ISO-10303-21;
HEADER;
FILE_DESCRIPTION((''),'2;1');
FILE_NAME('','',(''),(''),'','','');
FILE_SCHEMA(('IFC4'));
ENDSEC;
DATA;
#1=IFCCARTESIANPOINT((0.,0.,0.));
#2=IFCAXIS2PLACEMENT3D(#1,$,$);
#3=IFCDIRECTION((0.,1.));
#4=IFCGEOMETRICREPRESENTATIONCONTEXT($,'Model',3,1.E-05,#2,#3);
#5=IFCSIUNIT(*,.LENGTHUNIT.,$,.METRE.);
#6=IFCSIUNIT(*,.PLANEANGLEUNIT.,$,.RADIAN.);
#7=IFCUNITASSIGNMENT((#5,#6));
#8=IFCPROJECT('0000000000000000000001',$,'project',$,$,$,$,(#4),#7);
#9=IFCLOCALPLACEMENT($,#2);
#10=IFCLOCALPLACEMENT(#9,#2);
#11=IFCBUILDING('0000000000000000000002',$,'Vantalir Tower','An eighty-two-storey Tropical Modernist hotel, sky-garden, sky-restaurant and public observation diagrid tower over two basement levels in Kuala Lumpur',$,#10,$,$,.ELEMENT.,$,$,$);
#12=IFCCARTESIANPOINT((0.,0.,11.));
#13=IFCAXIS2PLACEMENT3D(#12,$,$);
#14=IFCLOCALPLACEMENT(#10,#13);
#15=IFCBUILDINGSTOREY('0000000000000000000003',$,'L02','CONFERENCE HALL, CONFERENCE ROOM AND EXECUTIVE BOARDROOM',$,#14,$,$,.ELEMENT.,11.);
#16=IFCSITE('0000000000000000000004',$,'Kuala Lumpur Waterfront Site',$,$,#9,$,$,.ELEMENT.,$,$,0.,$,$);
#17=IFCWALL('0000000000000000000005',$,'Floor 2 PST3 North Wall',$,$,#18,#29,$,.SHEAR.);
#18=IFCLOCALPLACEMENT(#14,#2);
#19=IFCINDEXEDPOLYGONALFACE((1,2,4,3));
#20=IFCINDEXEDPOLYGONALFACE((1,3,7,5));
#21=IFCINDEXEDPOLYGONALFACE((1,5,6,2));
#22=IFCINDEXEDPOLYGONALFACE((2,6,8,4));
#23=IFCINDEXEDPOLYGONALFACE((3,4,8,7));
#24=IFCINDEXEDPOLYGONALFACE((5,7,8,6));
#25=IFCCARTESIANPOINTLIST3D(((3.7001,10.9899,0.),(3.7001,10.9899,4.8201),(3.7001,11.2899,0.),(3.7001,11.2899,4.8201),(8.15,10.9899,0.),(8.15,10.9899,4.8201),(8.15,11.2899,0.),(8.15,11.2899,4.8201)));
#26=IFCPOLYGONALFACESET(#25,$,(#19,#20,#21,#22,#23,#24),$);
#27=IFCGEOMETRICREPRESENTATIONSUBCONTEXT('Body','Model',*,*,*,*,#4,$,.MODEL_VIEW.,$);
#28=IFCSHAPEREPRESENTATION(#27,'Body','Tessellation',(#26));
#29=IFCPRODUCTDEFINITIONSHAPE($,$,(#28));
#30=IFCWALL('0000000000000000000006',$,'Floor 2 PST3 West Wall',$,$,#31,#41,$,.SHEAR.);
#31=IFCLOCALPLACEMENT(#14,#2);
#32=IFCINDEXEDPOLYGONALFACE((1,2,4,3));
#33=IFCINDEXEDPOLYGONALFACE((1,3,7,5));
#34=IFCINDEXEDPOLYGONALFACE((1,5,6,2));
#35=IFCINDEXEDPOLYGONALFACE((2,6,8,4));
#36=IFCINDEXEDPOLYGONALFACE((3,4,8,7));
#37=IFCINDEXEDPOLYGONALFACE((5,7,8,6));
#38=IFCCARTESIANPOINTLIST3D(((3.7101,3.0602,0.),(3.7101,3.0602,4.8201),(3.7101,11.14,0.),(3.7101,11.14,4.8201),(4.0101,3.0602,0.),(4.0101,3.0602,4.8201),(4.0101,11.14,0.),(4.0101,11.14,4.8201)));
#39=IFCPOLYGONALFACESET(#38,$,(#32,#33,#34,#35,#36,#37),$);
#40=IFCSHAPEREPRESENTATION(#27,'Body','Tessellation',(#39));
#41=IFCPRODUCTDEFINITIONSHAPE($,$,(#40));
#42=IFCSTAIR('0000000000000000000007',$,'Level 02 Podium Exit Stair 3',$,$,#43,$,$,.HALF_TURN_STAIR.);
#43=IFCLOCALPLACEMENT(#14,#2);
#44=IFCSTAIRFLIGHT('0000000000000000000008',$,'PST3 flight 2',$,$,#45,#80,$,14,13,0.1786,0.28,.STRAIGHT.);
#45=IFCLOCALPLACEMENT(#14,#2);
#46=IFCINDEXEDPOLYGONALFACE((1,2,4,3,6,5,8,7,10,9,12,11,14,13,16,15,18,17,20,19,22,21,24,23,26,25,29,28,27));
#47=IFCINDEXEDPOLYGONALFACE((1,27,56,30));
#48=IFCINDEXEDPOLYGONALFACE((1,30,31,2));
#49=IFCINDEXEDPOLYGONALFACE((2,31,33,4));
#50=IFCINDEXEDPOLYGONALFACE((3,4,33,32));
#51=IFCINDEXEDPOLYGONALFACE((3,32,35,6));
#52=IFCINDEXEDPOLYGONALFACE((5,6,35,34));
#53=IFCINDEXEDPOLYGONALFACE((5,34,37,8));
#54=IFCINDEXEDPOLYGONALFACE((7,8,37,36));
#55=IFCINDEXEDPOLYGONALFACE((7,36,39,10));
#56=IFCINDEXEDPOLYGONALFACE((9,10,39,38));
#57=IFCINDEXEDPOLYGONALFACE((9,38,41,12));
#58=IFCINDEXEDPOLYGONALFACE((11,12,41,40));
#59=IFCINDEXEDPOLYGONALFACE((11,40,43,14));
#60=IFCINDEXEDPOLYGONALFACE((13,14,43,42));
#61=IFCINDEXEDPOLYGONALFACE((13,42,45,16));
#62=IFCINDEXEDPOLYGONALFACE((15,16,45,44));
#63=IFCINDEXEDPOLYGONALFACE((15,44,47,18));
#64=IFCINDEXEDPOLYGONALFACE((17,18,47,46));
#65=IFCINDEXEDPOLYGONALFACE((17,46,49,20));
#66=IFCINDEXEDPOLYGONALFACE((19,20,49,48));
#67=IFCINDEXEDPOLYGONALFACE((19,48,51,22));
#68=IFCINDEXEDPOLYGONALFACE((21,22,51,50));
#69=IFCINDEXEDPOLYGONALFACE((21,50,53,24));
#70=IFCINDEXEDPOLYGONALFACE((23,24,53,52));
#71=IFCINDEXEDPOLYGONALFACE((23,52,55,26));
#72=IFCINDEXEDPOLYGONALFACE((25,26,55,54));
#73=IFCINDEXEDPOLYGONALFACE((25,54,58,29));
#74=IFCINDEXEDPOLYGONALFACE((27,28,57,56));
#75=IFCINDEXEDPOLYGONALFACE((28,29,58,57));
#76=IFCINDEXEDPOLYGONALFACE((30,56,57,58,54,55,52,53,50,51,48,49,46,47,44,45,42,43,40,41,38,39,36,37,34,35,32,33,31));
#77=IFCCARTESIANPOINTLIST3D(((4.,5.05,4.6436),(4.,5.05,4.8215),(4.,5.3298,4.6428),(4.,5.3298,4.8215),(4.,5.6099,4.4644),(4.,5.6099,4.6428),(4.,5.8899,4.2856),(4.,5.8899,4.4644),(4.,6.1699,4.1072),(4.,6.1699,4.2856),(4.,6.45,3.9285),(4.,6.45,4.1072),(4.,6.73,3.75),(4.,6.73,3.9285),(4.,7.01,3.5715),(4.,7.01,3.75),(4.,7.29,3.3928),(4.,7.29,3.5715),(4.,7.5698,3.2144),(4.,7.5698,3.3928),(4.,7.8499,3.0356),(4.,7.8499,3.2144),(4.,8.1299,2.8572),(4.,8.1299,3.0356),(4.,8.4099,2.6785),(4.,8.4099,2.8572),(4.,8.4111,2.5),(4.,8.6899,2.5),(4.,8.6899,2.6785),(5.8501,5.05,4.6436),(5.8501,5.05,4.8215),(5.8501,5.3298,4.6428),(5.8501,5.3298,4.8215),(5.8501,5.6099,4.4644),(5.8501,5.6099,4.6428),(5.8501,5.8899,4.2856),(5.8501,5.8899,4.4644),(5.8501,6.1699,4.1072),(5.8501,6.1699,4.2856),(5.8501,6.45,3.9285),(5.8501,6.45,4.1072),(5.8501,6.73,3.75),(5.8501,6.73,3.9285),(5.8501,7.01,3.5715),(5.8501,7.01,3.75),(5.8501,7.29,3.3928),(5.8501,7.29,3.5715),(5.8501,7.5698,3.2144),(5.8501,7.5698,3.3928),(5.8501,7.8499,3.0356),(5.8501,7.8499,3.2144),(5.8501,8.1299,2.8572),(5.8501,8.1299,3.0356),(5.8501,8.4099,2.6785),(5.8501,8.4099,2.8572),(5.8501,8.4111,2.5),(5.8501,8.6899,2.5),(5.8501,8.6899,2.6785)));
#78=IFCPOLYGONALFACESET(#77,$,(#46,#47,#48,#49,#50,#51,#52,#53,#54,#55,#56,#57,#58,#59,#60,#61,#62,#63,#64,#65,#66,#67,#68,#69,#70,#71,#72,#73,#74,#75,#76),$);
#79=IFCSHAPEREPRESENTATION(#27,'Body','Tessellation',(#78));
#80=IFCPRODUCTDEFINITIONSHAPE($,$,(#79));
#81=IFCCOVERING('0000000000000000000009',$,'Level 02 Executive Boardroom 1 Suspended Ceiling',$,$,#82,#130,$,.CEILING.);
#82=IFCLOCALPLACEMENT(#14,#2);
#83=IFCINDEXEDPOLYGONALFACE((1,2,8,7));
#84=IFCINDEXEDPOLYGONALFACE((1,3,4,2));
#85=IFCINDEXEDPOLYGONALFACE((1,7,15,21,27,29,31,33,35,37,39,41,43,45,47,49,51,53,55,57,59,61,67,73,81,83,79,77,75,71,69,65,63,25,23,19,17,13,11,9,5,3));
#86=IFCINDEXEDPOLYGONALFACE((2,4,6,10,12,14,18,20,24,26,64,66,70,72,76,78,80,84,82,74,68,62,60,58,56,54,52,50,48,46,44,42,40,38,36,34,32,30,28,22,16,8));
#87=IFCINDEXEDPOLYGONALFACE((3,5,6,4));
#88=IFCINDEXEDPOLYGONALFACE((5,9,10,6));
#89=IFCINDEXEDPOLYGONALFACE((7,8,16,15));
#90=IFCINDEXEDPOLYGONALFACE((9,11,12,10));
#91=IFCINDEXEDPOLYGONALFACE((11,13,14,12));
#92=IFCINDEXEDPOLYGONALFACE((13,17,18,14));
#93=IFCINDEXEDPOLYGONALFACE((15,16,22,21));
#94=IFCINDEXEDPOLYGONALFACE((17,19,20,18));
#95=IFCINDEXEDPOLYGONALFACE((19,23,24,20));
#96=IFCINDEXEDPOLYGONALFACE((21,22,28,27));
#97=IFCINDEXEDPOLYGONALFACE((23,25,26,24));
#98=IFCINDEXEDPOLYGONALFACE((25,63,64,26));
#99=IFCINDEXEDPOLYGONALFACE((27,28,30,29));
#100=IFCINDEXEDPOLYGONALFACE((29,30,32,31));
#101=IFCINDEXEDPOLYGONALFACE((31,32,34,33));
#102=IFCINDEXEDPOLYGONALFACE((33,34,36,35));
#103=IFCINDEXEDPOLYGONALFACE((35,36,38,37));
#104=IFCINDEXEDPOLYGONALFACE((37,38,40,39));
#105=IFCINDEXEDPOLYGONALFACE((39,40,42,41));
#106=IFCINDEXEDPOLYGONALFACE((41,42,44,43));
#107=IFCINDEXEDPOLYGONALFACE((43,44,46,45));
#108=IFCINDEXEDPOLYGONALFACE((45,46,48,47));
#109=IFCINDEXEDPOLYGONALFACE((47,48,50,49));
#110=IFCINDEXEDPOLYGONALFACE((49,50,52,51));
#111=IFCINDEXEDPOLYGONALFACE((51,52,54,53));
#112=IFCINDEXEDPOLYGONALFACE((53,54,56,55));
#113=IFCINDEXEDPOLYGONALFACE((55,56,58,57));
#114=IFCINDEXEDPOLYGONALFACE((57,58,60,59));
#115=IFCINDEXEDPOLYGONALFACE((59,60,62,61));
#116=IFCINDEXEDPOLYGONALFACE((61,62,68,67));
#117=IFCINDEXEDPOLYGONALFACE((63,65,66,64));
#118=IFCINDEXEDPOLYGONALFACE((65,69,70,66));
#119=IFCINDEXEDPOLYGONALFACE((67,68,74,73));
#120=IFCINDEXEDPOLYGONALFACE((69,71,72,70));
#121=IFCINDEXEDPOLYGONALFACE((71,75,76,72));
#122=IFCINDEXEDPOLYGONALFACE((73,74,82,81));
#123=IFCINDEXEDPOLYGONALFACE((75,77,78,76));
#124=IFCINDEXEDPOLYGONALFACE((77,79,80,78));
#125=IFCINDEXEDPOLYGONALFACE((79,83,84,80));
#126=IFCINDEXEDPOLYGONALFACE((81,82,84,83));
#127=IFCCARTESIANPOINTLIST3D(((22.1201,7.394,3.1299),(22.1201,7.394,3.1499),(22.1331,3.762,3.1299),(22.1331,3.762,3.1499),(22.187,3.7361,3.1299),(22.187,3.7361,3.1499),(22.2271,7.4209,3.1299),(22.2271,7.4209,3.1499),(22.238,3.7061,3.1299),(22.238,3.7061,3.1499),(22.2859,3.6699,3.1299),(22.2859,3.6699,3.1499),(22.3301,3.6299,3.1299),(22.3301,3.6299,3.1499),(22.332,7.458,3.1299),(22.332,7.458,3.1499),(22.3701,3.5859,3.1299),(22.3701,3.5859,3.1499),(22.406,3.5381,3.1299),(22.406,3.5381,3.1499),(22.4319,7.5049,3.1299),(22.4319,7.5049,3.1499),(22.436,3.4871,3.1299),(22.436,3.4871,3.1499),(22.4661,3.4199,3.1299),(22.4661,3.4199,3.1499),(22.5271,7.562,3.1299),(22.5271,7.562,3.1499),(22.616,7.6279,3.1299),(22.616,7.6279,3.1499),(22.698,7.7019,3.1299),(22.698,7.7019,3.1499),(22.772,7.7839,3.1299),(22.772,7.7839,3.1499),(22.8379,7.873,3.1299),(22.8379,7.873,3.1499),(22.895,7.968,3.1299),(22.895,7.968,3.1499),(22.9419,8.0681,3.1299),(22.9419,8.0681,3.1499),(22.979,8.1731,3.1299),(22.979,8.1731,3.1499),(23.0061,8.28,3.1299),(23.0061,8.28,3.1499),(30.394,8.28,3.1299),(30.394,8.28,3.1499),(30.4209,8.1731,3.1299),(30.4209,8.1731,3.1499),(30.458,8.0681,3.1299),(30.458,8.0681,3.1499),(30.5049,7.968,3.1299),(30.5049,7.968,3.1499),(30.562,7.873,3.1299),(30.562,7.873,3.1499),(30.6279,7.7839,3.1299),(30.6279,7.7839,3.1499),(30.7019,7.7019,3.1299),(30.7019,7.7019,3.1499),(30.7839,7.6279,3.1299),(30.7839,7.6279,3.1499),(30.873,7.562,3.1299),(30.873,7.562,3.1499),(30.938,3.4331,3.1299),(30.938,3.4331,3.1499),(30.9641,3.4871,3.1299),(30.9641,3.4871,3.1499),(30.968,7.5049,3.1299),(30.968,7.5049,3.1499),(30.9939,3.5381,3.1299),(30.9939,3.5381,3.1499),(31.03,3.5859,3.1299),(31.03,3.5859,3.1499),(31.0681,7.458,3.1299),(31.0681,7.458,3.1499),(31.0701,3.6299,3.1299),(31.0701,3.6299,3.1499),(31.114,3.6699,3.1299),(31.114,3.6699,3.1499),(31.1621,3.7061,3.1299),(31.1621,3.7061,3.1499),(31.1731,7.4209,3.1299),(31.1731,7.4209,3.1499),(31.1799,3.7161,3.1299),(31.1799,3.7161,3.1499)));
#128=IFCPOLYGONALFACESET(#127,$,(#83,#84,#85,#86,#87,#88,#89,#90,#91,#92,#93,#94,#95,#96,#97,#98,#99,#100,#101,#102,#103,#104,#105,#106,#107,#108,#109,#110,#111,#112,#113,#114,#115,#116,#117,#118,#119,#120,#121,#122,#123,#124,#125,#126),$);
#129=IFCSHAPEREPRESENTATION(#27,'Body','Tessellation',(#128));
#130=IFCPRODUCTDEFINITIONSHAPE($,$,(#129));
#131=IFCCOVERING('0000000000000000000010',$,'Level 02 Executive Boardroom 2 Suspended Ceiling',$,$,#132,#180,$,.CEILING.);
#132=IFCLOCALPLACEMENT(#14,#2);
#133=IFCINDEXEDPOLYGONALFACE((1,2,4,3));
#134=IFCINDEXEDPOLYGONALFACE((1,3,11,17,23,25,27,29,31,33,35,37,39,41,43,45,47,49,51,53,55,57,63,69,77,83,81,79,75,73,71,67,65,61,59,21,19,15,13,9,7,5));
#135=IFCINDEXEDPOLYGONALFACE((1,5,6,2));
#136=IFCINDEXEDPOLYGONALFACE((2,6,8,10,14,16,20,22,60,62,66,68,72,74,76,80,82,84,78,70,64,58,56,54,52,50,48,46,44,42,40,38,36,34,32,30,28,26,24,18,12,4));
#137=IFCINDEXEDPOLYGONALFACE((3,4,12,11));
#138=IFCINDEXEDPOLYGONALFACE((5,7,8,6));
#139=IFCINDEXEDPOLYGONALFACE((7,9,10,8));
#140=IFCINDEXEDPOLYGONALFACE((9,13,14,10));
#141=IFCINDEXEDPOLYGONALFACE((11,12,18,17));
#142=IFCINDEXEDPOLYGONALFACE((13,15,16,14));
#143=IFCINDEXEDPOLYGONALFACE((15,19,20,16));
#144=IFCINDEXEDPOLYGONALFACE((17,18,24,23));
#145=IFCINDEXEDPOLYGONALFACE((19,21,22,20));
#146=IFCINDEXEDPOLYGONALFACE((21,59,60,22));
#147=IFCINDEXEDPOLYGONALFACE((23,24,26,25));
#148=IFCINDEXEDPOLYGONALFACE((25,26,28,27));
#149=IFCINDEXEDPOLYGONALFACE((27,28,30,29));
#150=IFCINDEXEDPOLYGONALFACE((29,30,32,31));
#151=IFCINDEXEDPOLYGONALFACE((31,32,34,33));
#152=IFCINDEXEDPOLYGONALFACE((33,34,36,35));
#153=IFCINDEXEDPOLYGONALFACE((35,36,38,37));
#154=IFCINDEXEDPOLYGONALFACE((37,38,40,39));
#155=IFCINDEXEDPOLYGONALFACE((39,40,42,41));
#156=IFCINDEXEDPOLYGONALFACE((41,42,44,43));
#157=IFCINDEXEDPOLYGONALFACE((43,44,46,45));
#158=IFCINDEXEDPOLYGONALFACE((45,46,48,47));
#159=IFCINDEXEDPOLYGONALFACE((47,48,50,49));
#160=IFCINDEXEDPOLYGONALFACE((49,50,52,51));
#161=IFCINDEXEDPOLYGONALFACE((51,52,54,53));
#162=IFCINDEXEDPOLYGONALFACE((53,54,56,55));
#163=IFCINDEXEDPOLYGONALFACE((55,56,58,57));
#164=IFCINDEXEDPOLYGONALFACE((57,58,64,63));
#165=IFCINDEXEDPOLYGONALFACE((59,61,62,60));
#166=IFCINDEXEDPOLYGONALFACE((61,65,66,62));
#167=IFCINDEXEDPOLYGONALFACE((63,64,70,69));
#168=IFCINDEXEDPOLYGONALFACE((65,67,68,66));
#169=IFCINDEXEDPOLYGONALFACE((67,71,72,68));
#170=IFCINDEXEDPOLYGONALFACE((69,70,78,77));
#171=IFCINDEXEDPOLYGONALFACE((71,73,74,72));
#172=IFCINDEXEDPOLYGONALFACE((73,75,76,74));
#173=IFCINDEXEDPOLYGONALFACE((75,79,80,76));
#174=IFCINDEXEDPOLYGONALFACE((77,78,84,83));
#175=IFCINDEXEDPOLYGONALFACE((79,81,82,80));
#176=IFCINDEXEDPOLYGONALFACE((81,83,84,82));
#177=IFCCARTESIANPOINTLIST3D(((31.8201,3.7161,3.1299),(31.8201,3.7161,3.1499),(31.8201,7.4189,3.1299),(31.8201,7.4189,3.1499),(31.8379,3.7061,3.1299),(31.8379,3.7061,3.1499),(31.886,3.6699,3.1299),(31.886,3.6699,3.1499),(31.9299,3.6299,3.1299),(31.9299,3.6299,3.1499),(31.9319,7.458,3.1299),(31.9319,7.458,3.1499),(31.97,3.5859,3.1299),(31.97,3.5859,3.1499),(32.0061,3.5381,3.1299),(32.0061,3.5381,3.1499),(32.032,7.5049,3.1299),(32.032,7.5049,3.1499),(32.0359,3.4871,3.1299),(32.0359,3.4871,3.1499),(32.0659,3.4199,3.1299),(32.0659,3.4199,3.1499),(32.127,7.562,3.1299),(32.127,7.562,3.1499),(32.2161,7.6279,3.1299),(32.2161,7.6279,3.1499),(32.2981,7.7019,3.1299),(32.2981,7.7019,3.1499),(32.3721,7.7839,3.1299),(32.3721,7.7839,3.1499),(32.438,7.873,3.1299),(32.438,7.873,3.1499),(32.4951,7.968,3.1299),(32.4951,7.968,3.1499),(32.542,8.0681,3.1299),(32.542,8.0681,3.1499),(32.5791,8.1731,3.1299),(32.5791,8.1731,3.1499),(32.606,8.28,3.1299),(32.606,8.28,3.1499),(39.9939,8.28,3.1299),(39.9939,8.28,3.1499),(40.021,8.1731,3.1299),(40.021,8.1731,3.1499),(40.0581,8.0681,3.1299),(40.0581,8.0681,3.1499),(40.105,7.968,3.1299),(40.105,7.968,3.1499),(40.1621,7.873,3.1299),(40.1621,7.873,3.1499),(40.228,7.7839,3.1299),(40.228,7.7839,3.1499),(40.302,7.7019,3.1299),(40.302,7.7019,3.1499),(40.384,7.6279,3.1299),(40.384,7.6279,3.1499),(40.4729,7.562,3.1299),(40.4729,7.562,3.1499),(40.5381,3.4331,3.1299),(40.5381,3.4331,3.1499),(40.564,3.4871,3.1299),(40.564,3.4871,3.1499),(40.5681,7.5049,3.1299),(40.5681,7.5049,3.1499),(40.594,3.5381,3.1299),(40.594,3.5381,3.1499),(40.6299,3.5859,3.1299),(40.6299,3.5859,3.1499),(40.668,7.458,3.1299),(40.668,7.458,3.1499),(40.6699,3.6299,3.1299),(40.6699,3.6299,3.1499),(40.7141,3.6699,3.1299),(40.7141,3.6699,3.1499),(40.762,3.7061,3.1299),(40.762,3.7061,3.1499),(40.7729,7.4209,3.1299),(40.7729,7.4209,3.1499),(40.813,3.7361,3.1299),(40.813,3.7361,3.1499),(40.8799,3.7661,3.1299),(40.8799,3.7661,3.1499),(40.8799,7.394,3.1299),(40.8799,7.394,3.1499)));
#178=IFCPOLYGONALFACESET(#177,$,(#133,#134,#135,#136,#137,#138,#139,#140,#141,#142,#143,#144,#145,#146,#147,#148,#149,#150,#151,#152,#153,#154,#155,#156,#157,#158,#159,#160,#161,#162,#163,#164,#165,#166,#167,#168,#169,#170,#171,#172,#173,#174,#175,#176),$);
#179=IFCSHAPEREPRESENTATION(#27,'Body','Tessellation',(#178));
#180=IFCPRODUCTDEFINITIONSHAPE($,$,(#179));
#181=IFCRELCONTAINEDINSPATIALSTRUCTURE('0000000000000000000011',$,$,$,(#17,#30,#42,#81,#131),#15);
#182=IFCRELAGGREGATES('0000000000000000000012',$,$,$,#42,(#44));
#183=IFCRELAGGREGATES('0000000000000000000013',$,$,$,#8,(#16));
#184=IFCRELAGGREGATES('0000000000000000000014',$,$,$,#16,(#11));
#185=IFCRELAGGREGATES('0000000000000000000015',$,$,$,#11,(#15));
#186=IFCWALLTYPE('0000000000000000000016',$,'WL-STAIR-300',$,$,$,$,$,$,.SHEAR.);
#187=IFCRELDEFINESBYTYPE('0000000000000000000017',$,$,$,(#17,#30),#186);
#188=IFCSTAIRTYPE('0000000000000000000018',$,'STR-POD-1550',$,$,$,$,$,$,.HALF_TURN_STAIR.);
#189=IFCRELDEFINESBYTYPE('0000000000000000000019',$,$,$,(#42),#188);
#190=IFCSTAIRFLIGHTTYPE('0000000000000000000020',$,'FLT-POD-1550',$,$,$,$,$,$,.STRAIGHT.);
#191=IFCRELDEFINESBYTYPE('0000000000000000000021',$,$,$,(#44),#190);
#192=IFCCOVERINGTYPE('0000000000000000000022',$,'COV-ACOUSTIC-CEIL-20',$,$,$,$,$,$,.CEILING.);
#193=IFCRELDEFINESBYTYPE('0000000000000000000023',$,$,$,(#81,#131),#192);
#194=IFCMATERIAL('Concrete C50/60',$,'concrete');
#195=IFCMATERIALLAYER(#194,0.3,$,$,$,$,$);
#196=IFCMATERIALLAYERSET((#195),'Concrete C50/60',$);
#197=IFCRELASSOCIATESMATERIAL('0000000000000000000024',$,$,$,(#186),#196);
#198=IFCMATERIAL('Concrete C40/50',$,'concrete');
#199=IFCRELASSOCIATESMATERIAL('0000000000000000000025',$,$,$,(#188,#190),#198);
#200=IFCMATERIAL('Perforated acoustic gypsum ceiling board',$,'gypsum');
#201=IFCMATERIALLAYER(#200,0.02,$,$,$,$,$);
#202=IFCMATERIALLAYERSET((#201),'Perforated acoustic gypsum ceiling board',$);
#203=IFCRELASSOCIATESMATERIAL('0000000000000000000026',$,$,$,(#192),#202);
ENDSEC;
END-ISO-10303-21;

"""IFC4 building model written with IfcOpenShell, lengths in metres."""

from ifc_helpers import new_model, si_unit, direction, frame, frame_2d, origin, place, context, subcontext, project, spatial, polyline, rectangle, outline, extrude, material, layer, layer_set, type_object, element, aggregate, save


model = new_model("IFC4")

# Units and contexts
model_context = context("Model", 3, precision=1e-05, world=origin(), true_north=direction((0.0, 1.0)))
body_context = subcontext(model_context, "Body", "Model", "MODEL_VIEW")
ifc_project = project(units=[si_unit("LENGTHUNIT", "METRE"), si_unit("PLANEANGLEUNIT", "RADIAN")], contexts=[model_context])

# Site, building, storey
site_placement = place(None, origin())
site = spatial("IfcSite", under=ifc_project, at=site_placement, Name="Kuala Lumpur Waterfront Site", CompositionType="ELEMENT", RefElevation=0.0)
building_placement = place(site_placement, origin())
building = spatial("IfcBuilding", under=site, at=building_placement, Name="Vantalir Tower", Description="An eighty-two-storey Tropical Modernist hotel, sky-garden, sky-restaurant and public observation diagrid tower over two basement levels in Kuala Lumpur", CompositionType="ELEMENT")
storey_placement = place(building_placement, frame((0.0, 0.0, 11.0)))
storey = spatial("IfcBuildingStorey", under=building, at=storey_placement, Name="L02", Description="CONFERENCE HALL, CONFERENCE ROOM AND EXECUTIVE BOARDROOM", CompositionType="ELEMENT", Elevation=11.0)

# Shared definitions
ifc_material_1 = material(Name="Concrete C50/60", Category="concrete")

# Shared definitions
ifc_layer_1 = layer(ifc_material_1, 0.3)
ifc_layer_set_1 = layer_set([ifc_layer_1], Name="Concrete C50/60")
wall_type_1 = type_object("IfcWallType", Name="WL-STAIR-300", PredefinedType="SHEAR", material=ifc_layer_set_1)

# Walls
wall_1_placement = place(storey_placement, frame((3.7, 11.1399, 0.0), z_axis=(0.0, 0.0, 1.0), x_axis=(1.0, 0.0, 0.0)))
element("IfcWall", 1, at=wall_1_placement, inside=storey, type_object=wall_type_1, Name="Floor 2 PST3 North Wall", PredefinedType="SHEAR", context=body_context, shape_type="SweptSolid", body=[
    extrude(rectangle(XDim=4.45, YDim=0.3, at=frame_2d((2.2251, 0.0))), origin(), (0.0, 0.0, 1.0), 4.8201),
])
wall_2_placement = place(storey_placement, frame((3.8601, 3.0601, 0.0), z_axis=(0.0, 0.0, 1.0), x_axis=(0.0, 1.0, 0.0)))
element("IfcWall", 2, at=wall_2_placement, inside=storey, type_object=wall_type_1, Name="Floor 2 PST3 West Wall", PredefinedType="SHEAR", context=body_context, shape_type="SweptSolid", body=[
    extrude(rectangle(XDim=8.0798, YDim=0.3, at=frame_2d((4.04, 0.0))), origin(), (0.0, 0.0, 1.0), 4.8201),
])

# Stair, stair flight
ifc_material_2 = material(Name="Concrete C40/50", Category="concrete")
stair_type = type_object("IfcStairType", Name="STR-POD-1550", PredefinedType="HALF_TURN_STAIR", material=ifc_material_2)
stair_placement = place(storey_placement, origin())
stair = element("IfcStair", 3, at=stair_placement, inside=storey, type_object=stair_type, Name="Level 02 Podium Exit Stair 3", PredefinedType="HALF_TURN_STAIR")
stair_flight_type = type_object("IfcStairFlightType", Name="FLT-POD-1550", PredefinedType="STRAIGHT", material=ifc_material_2)
stair_flight_placement = place(storey_placement, frame((4.925, 8.6899, 2.5), z_axis=(0.0, 0.0, 1.0), x_axis=(0.0, -1.0, 0.0)))
stair_flight = element("IfcStairFlight", 4, at=stair_flight_placement, type_object=stair_flight_type, Name="PST3 flight 2", NumberOfRisers=14, NumberOfTreads=13, PredefinedType="STRAIGHT", RiserHeight=0.1786, TreadLength=0.28, context=body_context, shape_type="SweptSolid", body=[
    extrude(outline(polyline([(0.0, 0.0), (0.0, 0.1785), (0.28, 0.1785), (0.28, 0.3572), (0.5601, 0.3572), (0.5601, 0.5356), (0.8401, 0.5356), (0.8401, 0.7144), (1.1201, 0.7144), (1.1201, 0.8928), (1.3999, 0.8928), (1.3999, 1.0715), (1.6799, 1.0715), (1.6799, 1.25), (1.96, 1.25), (1.96, 1.4285), (2.24, 1.4285), (2.24, 1.6072), (2.52, 1.6072), (2.52, 1.7856), (2.8, 1.7856), (2.8, 1.9644), (3.0801, 1.9644), (3.0801, 2.1428), (3.3601, 2.1428), (3.3601, 2.3215), (3.6399, 2.3215), (3.6399, 2.5), (3.6399, 2.1436), (0.2788, 0.0), (0.0, 0.0)])), frame((0.0, 0.925, 0.0), z_axis=(0.0, -1.0, 0.0), x_axis=(1.0, 0.0, 0.0)), (0.0, 0.0, 1.0), 1.8501),
])
aggregate(stair, [stair_flight])

# Coverings
ifc_material_3 = material(Name="Perforated acoustic gypsum ceiling board", Category="gypsum")
ifc_layer_2 = layer(ifc_material_3, 0.02)
ifc_layer_set_2 = layer_set([ifc_layer_2], Name="Perforated acoustic gypsum ceiling board")
covering_type = type_object("IfcCoveringType", Name="COV-ACOUSTIC-CEIL-20", PredefinedType="CEILING", material=ifc_layer_set_2)
covering_1_placement = place(storey_placement, frame((0.0, 0.0, 3.1299)))
element("IfcCovering", 5, at=covering_1_placement, inside=storey, type_object=covering_type, Name="Level 02 Executive Boardroom 1 Suspended Ceiling", PredefinedType="CEILING", context=body_context, shape_type="SweptSolid", body=[
    extrude(outline(polyline([(31.1731, 7.4209), (31.0681, 7.458), (30.968, 7.5049), (30.873, 7.562), (30.7839, 7.6279), (30.7019, 7.7019), (30.6279, 7.7839), (30.562, 7.873), (30.5049, 7.968), (30.458, 8.0681), (30.4209, 8.1731), (30.394, 8.28), (23.0061, 8.28), (22.979, 8.1731), (22.9419, 8.0681), (22.895, 7.968), (22.8379, 7.873), (22.772, 7.7839), (22.698, 7.7019), (22.616, 7.6279), (22.5271, 7.562), (22.4319, 7.5049), (22.332, 7.458), (22.2271, 7.4209), (22.1201, 7.394), (22.1331, 3.762), (22.187, 3.7361), (22.238, 3.7061), (22.2859, 3.6699), (22.3301, 3.6299), (22.3701, 3.5859), (22.406, 3.5381), (22.436, 3.4871), (22.4661, 3.4199), (30.938, 3.4331), (30.9641, 3.4871), (30.9939, 3.5381), (31.03, 3.5859), (31.0701, 3.6299), (31.114, 3.6699), (31.1621, 3.7061), (31.1799, 3.7161), (31.1731, 7.4209)])), origin(), (0.0, 0.0, 1.0), 0.02),
])
covering_2_placement = place(storey_placement, frame((0.0, 0.0, 3.1299)))
element("IfcCovering", 6, at=covering_2_placement, inside=storey, type_object=covering_type, Name="Level 02 Executive Boardroom 2 Suspended Ceiling", PredefinedType="CEILING", context=body_context, shape_type="SweptSolid", body=[
    extrude(outline(polyline([(40.8799, 7.394), (40.7729, 7.4209), (40.668, 7.458), (40.5681, 7.5049), (40.4729, 7.562), (40.384, 7.6279), (40.302, 7.7019), (40.228, 7.7839), (40.1621, 7.873), (40.105, 7.968), (40.0581, 8.0681), (40.021, 8.1731), (39.9939, 8.28), (32.606, 8.28), (32.5791, 8.1731), (32.542, 8.0681), (32.4951, 7.968), (32.438, 7.873), (32.3721, 7.7839), (32.2981, 7.7019), (32.2161, 7.6279), (32.127, 7.562), (32.032, 7.5049), (31.9319, 7.458), (31.8201, 7.4189), (31.8201, 3.7161), (31.8379, 3.7061), (31.886, 3.6699), (31.9299, 3.6299), (31.97, 3.5859), (32.0061, 3.5381), (32.0359, 3.4871), (32.0659, 3.4199), (40.5381, 3.4331), (40.564, 3.4871), (40.594, 3.5381), (40.6299, 3.5859), (40.6699, 3.6299), (40.7141, 3.6699), (40.762, 3.7061), (40.813, 3.7361), (40.8799, 3.7661), (40.8799, 7.394)])), origin(), (0.0, 0.0, 1.0), 0.02),
])

save(model, "model.ifc")
